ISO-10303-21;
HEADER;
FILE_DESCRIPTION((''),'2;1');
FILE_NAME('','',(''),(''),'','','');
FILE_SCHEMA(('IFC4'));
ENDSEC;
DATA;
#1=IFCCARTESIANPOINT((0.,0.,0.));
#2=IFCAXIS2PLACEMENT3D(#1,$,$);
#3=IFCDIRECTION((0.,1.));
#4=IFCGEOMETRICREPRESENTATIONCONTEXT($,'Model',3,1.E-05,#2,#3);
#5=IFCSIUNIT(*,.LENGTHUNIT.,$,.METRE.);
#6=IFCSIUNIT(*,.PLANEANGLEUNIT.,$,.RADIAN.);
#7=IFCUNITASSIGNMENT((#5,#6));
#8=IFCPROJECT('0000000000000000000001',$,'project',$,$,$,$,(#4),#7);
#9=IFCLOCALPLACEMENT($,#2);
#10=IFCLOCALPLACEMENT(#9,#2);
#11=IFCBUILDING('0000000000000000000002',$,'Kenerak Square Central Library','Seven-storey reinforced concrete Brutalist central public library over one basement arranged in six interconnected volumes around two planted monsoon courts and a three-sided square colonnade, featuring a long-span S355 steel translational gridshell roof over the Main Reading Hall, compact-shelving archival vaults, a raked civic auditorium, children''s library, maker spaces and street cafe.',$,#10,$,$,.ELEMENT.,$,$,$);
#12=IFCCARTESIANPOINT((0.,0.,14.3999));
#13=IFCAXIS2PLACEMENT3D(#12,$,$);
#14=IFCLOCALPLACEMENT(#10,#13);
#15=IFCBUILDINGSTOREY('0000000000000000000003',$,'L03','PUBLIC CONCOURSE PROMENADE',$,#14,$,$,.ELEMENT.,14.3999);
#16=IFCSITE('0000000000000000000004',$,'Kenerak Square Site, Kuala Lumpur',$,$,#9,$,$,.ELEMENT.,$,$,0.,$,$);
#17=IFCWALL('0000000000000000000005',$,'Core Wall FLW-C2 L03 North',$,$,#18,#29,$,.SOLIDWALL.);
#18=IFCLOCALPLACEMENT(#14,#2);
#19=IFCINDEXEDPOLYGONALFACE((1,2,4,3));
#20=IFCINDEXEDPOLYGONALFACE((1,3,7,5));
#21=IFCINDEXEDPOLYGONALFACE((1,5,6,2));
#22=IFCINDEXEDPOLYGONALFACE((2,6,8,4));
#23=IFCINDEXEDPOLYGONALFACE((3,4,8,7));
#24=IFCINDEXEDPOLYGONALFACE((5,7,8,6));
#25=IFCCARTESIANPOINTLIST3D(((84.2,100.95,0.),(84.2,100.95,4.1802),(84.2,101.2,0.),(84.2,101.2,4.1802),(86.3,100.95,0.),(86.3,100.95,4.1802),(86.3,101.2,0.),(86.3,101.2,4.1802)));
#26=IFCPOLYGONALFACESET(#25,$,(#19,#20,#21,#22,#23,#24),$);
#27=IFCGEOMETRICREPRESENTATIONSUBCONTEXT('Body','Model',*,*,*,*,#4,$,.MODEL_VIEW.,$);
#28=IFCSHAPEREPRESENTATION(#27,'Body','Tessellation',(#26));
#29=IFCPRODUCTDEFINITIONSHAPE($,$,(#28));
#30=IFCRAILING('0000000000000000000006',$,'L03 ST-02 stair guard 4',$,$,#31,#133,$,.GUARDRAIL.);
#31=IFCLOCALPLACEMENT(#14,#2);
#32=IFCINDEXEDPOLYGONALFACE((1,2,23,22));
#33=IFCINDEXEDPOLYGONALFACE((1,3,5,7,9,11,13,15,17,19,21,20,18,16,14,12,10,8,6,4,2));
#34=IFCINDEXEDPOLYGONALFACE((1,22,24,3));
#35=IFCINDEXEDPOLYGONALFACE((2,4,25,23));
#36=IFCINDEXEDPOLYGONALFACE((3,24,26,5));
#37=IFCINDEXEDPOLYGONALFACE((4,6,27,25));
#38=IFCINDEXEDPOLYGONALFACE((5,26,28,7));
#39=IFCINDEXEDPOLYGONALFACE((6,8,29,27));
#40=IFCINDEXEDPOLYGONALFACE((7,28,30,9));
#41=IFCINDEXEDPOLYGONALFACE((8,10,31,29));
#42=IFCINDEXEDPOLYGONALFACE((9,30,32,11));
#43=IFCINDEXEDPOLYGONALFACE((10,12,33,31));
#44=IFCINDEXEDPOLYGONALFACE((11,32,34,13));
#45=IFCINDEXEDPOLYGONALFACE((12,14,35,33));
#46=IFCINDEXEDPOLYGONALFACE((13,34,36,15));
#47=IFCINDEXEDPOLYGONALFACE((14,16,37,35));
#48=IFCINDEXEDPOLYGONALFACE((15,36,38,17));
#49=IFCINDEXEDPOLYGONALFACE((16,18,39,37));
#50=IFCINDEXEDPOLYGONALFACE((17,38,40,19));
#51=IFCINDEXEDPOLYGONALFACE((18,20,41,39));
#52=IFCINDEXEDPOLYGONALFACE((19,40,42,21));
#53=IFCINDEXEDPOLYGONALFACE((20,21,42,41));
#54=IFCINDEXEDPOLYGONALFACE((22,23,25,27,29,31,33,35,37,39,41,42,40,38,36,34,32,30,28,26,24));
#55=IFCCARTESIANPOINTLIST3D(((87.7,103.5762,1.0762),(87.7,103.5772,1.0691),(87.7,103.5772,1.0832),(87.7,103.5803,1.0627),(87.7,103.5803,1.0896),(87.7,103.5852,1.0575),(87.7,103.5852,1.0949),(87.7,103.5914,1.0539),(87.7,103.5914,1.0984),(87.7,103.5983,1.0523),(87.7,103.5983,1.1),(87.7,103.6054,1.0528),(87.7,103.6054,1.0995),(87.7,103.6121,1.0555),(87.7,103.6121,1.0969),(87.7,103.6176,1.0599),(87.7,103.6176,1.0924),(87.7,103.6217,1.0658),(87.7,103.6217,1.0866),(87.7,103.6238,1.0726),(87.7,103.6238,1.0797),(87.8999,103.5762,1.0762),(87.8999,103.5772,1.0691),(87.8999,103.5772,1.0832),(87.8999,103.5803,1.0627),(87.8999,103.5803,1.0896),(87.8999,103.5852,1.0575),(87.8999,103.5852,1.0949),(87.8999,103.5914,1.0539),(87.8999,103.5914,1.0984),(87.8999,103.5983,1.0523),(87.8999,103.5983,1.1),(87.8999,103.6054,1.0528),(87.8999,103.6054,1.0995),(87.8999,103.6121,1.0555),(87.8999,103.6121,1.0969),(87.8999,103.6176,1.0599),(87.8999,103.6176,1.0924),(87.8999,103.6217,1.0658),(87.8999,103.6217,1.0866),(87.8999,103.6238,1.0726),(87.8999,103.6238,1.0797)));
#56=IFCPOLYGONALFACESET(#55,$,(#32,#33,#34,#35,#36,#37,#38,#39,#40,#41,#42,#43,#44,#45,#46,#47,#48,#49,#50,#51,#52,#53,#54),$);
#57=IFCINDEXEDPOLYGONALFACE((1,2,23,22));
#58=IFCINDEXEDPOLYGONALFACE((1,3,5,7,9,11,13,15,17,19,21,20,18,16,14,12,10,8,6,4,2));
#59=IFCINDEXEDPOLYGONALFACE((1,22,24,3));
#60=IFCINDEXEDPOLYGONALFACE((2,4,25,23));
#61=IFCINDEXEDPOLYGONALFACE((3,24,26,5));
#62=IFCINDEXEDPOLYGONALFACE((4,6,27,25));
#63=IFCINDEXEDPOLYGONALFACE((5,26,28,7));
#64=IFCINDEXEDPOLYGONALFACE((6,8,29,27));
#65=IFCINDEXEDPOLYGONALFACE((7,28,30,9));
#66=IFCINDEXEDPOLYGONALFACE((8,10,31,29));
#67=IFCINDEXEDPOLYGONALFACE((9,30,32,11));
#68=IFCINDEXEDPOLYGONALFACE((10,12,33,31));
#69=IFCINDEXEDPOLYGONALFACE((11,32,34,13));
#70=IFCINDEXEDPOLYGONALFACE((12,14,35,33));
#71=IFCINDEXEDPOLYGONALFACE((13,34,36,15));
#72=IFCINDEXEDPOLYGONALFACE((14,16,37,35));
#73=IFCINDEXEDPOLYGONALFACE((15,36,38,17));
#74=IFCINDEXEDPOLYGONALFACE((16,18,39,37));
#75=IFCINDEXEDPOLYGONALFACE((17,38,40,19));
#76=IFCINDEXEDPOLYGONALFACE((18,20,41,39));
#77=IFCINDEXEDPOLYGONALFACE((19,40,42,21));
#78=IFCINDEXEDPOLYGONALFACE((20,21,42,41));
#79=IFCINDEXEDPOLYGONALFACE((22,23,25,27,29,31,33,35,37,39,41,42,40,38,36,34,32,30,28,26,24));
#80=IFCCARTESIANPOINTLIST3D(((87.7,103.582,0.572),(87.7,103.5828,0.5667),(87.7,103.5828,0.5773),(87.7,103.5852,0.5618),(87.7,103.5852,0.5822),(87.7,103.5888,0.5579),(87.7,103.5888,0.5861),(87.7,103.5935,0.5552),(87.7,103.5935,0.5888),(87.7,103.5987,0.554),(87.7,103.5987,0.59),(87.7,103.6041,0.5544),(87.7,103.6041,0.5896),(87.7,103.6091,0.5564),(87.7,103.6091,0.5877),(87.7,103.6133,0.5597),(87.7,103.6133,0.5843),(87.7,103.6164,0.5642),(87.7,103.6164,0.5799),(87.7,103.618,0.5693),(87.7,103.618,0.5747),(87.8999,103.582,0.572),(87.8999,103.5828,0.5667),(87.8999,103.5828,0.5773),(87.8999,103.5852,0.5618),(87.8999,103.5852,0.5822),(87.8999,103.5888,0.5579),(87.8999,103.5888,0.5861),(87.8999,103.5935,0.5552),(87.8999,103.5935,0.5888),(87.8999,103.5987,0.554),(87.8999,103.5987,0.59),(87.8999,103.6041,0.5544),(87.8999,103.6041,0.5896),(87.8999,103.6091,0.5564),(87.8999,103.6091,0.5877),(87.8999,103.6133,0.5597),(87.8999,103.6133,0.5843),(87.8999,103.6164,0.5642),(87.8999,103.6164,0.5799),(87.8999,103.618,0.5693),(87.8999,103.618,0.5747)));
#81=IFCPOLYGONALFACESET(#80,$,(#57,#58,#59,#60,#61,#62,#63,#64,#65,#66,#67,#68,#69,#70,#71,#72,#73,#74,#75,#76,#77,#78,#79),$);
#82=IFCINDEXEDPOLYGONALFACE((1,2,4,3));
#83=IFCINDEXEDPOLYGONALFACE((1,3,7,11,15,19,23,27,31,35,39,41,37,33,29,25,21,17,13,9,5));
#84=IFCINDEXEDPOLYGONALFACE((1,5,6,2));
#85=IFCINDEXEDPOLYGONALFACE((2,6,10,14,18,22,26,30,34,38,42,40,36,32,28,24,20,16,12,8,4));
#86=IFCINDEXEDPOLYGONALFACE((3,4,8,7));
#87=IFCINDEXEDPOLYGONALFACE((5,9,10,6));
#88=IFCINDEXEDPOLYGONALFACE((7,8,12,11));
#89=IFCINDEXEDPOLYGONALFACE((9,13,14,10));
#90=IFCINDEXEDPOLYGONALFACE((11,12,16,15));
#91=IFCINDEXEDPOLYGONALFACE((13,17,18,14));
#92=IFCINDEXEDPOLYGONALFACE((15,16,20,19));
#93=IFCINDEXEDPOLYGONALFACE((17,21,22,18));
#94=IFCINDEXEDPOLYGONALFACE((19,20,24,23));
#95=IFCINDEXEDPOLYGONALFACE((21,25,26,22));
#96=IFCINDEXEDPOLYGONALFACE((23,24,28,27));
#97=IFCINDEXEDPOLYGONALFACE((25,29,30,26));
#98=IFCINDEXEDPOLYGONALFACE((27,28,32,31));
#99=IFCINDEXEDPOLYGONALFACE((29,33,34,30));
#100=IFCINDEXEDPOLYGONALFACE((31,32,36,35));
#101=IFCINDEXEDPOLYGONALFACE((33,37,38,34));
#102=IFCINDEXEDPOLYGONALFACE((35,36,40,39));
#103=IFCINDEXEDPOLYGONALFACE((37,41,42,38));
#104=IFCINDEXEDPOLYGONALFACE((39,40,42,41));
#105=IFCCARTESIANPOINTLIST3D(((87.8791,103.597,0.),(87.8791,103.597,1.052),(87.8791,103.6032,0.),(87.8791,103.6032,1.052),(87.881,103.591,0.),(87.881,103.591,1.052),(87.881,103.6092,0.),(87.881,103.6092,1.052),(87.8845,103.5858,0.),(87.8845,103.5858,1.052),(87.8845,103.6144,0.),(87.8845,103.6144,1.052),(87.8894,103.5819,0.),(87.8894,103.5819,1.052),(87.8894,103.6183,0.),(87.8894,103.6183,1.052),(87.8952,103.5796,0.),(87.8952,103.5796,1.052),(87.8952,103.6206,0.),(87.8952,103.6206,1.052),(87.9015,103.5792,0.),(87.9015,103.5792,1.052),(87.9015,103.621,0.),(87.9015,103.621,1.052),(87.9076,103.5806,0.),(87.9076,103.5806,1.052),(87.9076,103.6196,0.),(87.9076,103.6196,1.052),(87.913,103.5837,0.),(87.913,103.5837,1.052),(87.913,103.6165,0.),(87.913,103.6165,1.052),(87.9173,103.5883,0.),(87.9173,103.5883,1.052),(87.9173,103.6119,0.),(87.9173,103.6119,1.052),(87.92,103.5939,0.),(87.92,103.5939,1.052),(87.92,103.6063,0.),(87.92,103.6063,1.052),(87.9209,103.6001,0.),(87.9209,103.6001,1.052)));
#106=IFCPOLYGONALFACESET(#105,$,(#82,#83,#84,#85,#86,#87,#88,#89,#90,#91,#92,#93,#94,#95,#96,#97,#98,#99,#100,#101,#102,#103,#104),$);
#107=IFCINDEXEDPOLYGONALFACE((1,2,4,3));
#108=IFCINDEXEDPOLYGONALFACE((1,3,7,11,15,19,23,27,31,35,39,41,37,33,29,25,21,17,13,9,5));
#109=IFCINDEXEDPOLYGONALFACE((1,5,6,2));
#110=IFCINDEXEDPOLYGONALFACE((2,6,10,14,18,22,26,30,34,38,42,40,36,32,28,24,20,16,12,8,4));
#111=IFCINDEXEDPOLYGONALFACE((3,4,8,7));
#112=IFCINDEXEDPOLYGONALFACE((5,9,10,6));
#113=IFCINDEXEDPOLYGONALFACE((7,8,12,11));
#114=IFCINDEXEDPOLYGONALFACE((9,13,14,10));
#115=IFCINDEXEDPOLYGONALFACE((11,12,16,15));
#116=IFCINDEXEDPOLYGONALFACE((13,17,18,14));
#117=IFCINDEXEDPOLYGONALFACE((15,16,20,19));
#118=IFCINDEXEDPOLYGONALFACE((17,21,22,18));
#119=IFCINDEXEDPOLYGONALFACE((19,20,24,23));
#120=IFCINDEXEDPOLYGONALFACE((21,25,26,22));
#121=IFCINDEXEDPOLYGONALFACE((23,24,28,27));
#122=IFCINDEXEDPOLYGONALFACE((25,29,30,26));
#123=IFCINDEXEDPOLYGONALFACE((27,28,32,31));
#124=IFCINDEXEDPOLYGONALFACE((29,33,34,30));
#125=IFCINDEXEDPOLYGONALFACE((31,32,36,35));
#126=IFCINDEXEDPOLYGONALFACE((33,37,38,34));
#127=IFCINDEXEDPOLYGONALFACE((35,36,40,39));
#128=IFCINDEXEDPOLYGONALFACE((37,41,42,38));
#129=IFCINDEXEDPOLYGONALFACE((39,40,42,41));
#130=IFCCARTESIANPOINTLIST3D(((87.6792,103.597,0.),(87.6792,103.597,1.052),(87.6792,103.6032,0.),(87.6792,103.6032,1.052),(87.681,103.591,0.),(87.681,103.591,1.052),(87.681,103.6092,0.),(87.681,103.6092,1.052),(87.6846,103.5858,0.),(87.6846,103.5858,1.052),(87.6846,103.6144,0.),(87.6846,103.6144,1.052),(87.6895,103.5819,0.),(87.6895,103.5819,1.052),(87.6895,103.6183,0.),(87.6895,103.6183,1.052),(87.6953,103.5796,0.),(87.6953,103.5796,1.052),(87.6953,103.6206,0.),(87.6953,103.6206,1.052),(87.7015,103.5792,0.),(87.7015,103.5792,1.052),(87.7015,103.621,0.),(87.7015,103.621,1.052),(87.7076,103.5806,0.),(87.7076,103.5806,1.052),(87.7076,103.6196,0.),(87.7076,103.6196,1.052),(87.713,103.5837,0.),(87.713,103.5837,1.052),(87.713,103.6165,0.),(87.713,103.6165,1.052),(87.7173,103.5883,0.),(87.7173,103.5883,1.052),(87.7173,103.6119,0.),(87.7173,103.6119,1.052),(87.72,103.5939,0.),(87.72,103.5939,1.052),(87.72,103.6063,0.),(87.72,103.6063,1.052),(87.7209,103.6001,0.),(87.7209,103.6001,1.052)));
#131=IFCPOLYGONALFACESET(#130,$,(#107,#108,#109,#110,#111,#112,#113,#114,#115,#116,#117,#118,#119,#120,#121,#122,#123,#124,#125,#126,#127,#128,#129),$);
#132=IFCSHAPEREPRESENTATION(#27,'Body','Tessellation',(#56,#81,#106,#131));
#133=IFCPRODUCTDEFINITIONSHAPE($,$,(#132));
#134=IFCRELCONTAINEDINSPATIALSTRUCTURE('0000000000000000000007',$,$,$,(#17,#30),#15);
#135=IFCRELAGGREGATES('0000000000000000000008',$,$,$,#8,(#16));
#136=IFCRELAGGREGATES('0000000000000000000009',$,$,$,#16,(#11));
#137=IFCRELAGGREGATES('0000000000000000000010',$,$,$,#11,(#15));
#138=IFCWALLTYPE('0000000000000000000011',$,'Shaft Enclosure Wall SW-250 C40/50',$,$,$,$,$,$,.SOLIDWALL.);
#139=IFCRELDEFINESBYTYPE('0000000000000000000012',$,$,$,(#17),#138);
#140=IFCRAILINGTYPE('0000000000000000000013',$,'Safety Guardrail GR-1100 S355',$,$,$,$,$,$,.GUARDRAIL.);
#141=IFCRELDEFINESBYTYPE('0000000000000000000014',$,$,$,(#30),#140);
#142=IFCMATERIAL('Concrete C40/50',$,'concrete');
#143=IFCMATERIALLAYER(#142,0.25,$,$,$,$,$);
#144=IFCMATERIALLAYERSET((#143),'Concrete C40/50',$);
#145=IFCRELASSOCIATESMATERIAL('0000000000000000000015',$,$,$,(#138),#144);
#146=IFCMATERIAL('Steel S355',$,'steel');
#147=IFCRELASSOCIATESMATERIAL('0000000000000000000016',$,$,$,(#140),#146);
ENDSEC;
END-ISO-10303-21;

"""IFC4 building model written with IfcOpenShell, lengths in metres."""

from ifc_helpers import new_model, si_unit, direction, frame, frame_2d, origin, origin_2d, place, context, subcontext, project, spatial, rectangle, circle, extrude, material, layer, layer_set, type_object, element, save


model = new_model("IFC4")

# Units and contexts
model_context = context("Model", 3, precision=1e-05, world=origin(), true_north=direction((0.0, 1.0)))
body_context = subcontext(model_context, "Body", "Model", "MODEL_VIEW")
ifc_project = project(units=[si_unit("LENGTHUNIT", "METRE"), si_unit("PLANEANGLEUNIT", "RADIAN")], contexts=[model_context])

# Site, building, storey
site_placement = place(None, origin())
site = spatial("IfcSite", under=ifc_project, at=site_placement, Name="Kenerak Square Site, Kuala Lumpur", CompositionType="ELEMENT", RefElevation=0.0)
building_placement = place(site_placement, origin())
building = spatial("IfcBuilding", under=site, at=building_placement, Name="Kenerak Square Central Library", Description="Seven-storey reinforced concrete Brutalist central public library over one basement arranged in six interconnected volumes around two planted monsoon courts and a three-sided square colonnade, featuring a long-span S355 steel translational gridshell roof over the Main Reading Hall, compact-shelving archival vaults, a raked civic auditorium, children's library, maker spaces and street cafe.", CompositionType="ELEMENT")
storey_placement = place(building_placement, frame((0.0, 0.0, 14.3999)))
storey = spatial("IfcBuildingStorey", under=building, at=storey_placement, Name="L03", Description="PUBLIC CONCOURSE PROMENADE", CompositionType="ELEMENT", Elevation=14.3999)

# Shared definitions
ifc_material_1 = material(Name="Concrete C40/50", Category="concrete")

# Shared definitions
ifc_material_2 = material(Name="Steel S355", Category="steel")

# Shared definitions
ifc_layer_1 = layer(ifc_material_1, 0.25)
ifc_layer_set_1 = layer_set([ifc_layer_1], Name="Concrete C40/50")
wall_type_1 = type_object("IfcWallType", Name="Shaft Enclosure Wall SW-250 C40/50", PredefinedType="SOLIDWALL", material=ifc_layer_set_1)

# Wall
for number, where, z_axis, x_axis, name in (
    (1, (84.2, 101.075, 0.0), (0.0, 0.0, 1.0), (1.0, 0.0, 0.0), "Core Wall FLW-C2 L03 North"),
):
    element("IfcWall", number, at=place(storey_placement, frame(where, z_axis=z_axis, x_axis=x_axis)), inside=storey, type_object=wall_type_1, Name=name, PredefinedType="SOLIDWALL", context=body_context, shape_type="SweptSolid", body=[
        extrude(rectangle(XDim=2.1001, YDim=0.25, at=frame_2d((1.05, 0.0))), origin(), (0.0, 0.0, 1.0), 4.1802),
    ])

# Railing
railing_type = type_object("IfcRailingType", Name="Safety Guardrail GR-1100 S355", PredefinedType="GUARDRAIL", material=ifc_material_2)
railing_1_placement = place(storey_placement, frame((87.8999, 103.6001, 0.0)))
element("IfcRailing", 2, at=railing_1_placement, inside=storey, type_object=railing_type, Name="L03 ST-02 stair guard 4", PredefinedType="GUARDRAIL", context=body_context, shape_type="SweptSolid", body=[
    extrude(circle(Radius=0.0239, at=origin_2d()), frame((0.0, 0.0, 1.0762), z_axis=(-1.0, 0.0, 0.0), x_axis=(0.0, -1.0, 0.0)), (0.0, 0.0, 1.0), 0.2),
    extrude(circle(Radius=0.0181, at=origin_2d()), frame((0.0, 0.0, 0.572), z_axis=(-1.0, 0.0, 0.0), x_axis=(0.0, -1.0, 0.0)), (0.0, 0.0, 1.0), 0.2),
    extrude(circle(Radius=0.021, at=origin_2d()), origin(), (0.0, 0.0, 1.0), 1.052),
    extrude(circle(Radius=0.021, at=origin_2d()), frame((-0.2, 0.0, 0.0)), (0.0, 0.0, 1.0), 1.052),
])

save(model, "model.ifc")
